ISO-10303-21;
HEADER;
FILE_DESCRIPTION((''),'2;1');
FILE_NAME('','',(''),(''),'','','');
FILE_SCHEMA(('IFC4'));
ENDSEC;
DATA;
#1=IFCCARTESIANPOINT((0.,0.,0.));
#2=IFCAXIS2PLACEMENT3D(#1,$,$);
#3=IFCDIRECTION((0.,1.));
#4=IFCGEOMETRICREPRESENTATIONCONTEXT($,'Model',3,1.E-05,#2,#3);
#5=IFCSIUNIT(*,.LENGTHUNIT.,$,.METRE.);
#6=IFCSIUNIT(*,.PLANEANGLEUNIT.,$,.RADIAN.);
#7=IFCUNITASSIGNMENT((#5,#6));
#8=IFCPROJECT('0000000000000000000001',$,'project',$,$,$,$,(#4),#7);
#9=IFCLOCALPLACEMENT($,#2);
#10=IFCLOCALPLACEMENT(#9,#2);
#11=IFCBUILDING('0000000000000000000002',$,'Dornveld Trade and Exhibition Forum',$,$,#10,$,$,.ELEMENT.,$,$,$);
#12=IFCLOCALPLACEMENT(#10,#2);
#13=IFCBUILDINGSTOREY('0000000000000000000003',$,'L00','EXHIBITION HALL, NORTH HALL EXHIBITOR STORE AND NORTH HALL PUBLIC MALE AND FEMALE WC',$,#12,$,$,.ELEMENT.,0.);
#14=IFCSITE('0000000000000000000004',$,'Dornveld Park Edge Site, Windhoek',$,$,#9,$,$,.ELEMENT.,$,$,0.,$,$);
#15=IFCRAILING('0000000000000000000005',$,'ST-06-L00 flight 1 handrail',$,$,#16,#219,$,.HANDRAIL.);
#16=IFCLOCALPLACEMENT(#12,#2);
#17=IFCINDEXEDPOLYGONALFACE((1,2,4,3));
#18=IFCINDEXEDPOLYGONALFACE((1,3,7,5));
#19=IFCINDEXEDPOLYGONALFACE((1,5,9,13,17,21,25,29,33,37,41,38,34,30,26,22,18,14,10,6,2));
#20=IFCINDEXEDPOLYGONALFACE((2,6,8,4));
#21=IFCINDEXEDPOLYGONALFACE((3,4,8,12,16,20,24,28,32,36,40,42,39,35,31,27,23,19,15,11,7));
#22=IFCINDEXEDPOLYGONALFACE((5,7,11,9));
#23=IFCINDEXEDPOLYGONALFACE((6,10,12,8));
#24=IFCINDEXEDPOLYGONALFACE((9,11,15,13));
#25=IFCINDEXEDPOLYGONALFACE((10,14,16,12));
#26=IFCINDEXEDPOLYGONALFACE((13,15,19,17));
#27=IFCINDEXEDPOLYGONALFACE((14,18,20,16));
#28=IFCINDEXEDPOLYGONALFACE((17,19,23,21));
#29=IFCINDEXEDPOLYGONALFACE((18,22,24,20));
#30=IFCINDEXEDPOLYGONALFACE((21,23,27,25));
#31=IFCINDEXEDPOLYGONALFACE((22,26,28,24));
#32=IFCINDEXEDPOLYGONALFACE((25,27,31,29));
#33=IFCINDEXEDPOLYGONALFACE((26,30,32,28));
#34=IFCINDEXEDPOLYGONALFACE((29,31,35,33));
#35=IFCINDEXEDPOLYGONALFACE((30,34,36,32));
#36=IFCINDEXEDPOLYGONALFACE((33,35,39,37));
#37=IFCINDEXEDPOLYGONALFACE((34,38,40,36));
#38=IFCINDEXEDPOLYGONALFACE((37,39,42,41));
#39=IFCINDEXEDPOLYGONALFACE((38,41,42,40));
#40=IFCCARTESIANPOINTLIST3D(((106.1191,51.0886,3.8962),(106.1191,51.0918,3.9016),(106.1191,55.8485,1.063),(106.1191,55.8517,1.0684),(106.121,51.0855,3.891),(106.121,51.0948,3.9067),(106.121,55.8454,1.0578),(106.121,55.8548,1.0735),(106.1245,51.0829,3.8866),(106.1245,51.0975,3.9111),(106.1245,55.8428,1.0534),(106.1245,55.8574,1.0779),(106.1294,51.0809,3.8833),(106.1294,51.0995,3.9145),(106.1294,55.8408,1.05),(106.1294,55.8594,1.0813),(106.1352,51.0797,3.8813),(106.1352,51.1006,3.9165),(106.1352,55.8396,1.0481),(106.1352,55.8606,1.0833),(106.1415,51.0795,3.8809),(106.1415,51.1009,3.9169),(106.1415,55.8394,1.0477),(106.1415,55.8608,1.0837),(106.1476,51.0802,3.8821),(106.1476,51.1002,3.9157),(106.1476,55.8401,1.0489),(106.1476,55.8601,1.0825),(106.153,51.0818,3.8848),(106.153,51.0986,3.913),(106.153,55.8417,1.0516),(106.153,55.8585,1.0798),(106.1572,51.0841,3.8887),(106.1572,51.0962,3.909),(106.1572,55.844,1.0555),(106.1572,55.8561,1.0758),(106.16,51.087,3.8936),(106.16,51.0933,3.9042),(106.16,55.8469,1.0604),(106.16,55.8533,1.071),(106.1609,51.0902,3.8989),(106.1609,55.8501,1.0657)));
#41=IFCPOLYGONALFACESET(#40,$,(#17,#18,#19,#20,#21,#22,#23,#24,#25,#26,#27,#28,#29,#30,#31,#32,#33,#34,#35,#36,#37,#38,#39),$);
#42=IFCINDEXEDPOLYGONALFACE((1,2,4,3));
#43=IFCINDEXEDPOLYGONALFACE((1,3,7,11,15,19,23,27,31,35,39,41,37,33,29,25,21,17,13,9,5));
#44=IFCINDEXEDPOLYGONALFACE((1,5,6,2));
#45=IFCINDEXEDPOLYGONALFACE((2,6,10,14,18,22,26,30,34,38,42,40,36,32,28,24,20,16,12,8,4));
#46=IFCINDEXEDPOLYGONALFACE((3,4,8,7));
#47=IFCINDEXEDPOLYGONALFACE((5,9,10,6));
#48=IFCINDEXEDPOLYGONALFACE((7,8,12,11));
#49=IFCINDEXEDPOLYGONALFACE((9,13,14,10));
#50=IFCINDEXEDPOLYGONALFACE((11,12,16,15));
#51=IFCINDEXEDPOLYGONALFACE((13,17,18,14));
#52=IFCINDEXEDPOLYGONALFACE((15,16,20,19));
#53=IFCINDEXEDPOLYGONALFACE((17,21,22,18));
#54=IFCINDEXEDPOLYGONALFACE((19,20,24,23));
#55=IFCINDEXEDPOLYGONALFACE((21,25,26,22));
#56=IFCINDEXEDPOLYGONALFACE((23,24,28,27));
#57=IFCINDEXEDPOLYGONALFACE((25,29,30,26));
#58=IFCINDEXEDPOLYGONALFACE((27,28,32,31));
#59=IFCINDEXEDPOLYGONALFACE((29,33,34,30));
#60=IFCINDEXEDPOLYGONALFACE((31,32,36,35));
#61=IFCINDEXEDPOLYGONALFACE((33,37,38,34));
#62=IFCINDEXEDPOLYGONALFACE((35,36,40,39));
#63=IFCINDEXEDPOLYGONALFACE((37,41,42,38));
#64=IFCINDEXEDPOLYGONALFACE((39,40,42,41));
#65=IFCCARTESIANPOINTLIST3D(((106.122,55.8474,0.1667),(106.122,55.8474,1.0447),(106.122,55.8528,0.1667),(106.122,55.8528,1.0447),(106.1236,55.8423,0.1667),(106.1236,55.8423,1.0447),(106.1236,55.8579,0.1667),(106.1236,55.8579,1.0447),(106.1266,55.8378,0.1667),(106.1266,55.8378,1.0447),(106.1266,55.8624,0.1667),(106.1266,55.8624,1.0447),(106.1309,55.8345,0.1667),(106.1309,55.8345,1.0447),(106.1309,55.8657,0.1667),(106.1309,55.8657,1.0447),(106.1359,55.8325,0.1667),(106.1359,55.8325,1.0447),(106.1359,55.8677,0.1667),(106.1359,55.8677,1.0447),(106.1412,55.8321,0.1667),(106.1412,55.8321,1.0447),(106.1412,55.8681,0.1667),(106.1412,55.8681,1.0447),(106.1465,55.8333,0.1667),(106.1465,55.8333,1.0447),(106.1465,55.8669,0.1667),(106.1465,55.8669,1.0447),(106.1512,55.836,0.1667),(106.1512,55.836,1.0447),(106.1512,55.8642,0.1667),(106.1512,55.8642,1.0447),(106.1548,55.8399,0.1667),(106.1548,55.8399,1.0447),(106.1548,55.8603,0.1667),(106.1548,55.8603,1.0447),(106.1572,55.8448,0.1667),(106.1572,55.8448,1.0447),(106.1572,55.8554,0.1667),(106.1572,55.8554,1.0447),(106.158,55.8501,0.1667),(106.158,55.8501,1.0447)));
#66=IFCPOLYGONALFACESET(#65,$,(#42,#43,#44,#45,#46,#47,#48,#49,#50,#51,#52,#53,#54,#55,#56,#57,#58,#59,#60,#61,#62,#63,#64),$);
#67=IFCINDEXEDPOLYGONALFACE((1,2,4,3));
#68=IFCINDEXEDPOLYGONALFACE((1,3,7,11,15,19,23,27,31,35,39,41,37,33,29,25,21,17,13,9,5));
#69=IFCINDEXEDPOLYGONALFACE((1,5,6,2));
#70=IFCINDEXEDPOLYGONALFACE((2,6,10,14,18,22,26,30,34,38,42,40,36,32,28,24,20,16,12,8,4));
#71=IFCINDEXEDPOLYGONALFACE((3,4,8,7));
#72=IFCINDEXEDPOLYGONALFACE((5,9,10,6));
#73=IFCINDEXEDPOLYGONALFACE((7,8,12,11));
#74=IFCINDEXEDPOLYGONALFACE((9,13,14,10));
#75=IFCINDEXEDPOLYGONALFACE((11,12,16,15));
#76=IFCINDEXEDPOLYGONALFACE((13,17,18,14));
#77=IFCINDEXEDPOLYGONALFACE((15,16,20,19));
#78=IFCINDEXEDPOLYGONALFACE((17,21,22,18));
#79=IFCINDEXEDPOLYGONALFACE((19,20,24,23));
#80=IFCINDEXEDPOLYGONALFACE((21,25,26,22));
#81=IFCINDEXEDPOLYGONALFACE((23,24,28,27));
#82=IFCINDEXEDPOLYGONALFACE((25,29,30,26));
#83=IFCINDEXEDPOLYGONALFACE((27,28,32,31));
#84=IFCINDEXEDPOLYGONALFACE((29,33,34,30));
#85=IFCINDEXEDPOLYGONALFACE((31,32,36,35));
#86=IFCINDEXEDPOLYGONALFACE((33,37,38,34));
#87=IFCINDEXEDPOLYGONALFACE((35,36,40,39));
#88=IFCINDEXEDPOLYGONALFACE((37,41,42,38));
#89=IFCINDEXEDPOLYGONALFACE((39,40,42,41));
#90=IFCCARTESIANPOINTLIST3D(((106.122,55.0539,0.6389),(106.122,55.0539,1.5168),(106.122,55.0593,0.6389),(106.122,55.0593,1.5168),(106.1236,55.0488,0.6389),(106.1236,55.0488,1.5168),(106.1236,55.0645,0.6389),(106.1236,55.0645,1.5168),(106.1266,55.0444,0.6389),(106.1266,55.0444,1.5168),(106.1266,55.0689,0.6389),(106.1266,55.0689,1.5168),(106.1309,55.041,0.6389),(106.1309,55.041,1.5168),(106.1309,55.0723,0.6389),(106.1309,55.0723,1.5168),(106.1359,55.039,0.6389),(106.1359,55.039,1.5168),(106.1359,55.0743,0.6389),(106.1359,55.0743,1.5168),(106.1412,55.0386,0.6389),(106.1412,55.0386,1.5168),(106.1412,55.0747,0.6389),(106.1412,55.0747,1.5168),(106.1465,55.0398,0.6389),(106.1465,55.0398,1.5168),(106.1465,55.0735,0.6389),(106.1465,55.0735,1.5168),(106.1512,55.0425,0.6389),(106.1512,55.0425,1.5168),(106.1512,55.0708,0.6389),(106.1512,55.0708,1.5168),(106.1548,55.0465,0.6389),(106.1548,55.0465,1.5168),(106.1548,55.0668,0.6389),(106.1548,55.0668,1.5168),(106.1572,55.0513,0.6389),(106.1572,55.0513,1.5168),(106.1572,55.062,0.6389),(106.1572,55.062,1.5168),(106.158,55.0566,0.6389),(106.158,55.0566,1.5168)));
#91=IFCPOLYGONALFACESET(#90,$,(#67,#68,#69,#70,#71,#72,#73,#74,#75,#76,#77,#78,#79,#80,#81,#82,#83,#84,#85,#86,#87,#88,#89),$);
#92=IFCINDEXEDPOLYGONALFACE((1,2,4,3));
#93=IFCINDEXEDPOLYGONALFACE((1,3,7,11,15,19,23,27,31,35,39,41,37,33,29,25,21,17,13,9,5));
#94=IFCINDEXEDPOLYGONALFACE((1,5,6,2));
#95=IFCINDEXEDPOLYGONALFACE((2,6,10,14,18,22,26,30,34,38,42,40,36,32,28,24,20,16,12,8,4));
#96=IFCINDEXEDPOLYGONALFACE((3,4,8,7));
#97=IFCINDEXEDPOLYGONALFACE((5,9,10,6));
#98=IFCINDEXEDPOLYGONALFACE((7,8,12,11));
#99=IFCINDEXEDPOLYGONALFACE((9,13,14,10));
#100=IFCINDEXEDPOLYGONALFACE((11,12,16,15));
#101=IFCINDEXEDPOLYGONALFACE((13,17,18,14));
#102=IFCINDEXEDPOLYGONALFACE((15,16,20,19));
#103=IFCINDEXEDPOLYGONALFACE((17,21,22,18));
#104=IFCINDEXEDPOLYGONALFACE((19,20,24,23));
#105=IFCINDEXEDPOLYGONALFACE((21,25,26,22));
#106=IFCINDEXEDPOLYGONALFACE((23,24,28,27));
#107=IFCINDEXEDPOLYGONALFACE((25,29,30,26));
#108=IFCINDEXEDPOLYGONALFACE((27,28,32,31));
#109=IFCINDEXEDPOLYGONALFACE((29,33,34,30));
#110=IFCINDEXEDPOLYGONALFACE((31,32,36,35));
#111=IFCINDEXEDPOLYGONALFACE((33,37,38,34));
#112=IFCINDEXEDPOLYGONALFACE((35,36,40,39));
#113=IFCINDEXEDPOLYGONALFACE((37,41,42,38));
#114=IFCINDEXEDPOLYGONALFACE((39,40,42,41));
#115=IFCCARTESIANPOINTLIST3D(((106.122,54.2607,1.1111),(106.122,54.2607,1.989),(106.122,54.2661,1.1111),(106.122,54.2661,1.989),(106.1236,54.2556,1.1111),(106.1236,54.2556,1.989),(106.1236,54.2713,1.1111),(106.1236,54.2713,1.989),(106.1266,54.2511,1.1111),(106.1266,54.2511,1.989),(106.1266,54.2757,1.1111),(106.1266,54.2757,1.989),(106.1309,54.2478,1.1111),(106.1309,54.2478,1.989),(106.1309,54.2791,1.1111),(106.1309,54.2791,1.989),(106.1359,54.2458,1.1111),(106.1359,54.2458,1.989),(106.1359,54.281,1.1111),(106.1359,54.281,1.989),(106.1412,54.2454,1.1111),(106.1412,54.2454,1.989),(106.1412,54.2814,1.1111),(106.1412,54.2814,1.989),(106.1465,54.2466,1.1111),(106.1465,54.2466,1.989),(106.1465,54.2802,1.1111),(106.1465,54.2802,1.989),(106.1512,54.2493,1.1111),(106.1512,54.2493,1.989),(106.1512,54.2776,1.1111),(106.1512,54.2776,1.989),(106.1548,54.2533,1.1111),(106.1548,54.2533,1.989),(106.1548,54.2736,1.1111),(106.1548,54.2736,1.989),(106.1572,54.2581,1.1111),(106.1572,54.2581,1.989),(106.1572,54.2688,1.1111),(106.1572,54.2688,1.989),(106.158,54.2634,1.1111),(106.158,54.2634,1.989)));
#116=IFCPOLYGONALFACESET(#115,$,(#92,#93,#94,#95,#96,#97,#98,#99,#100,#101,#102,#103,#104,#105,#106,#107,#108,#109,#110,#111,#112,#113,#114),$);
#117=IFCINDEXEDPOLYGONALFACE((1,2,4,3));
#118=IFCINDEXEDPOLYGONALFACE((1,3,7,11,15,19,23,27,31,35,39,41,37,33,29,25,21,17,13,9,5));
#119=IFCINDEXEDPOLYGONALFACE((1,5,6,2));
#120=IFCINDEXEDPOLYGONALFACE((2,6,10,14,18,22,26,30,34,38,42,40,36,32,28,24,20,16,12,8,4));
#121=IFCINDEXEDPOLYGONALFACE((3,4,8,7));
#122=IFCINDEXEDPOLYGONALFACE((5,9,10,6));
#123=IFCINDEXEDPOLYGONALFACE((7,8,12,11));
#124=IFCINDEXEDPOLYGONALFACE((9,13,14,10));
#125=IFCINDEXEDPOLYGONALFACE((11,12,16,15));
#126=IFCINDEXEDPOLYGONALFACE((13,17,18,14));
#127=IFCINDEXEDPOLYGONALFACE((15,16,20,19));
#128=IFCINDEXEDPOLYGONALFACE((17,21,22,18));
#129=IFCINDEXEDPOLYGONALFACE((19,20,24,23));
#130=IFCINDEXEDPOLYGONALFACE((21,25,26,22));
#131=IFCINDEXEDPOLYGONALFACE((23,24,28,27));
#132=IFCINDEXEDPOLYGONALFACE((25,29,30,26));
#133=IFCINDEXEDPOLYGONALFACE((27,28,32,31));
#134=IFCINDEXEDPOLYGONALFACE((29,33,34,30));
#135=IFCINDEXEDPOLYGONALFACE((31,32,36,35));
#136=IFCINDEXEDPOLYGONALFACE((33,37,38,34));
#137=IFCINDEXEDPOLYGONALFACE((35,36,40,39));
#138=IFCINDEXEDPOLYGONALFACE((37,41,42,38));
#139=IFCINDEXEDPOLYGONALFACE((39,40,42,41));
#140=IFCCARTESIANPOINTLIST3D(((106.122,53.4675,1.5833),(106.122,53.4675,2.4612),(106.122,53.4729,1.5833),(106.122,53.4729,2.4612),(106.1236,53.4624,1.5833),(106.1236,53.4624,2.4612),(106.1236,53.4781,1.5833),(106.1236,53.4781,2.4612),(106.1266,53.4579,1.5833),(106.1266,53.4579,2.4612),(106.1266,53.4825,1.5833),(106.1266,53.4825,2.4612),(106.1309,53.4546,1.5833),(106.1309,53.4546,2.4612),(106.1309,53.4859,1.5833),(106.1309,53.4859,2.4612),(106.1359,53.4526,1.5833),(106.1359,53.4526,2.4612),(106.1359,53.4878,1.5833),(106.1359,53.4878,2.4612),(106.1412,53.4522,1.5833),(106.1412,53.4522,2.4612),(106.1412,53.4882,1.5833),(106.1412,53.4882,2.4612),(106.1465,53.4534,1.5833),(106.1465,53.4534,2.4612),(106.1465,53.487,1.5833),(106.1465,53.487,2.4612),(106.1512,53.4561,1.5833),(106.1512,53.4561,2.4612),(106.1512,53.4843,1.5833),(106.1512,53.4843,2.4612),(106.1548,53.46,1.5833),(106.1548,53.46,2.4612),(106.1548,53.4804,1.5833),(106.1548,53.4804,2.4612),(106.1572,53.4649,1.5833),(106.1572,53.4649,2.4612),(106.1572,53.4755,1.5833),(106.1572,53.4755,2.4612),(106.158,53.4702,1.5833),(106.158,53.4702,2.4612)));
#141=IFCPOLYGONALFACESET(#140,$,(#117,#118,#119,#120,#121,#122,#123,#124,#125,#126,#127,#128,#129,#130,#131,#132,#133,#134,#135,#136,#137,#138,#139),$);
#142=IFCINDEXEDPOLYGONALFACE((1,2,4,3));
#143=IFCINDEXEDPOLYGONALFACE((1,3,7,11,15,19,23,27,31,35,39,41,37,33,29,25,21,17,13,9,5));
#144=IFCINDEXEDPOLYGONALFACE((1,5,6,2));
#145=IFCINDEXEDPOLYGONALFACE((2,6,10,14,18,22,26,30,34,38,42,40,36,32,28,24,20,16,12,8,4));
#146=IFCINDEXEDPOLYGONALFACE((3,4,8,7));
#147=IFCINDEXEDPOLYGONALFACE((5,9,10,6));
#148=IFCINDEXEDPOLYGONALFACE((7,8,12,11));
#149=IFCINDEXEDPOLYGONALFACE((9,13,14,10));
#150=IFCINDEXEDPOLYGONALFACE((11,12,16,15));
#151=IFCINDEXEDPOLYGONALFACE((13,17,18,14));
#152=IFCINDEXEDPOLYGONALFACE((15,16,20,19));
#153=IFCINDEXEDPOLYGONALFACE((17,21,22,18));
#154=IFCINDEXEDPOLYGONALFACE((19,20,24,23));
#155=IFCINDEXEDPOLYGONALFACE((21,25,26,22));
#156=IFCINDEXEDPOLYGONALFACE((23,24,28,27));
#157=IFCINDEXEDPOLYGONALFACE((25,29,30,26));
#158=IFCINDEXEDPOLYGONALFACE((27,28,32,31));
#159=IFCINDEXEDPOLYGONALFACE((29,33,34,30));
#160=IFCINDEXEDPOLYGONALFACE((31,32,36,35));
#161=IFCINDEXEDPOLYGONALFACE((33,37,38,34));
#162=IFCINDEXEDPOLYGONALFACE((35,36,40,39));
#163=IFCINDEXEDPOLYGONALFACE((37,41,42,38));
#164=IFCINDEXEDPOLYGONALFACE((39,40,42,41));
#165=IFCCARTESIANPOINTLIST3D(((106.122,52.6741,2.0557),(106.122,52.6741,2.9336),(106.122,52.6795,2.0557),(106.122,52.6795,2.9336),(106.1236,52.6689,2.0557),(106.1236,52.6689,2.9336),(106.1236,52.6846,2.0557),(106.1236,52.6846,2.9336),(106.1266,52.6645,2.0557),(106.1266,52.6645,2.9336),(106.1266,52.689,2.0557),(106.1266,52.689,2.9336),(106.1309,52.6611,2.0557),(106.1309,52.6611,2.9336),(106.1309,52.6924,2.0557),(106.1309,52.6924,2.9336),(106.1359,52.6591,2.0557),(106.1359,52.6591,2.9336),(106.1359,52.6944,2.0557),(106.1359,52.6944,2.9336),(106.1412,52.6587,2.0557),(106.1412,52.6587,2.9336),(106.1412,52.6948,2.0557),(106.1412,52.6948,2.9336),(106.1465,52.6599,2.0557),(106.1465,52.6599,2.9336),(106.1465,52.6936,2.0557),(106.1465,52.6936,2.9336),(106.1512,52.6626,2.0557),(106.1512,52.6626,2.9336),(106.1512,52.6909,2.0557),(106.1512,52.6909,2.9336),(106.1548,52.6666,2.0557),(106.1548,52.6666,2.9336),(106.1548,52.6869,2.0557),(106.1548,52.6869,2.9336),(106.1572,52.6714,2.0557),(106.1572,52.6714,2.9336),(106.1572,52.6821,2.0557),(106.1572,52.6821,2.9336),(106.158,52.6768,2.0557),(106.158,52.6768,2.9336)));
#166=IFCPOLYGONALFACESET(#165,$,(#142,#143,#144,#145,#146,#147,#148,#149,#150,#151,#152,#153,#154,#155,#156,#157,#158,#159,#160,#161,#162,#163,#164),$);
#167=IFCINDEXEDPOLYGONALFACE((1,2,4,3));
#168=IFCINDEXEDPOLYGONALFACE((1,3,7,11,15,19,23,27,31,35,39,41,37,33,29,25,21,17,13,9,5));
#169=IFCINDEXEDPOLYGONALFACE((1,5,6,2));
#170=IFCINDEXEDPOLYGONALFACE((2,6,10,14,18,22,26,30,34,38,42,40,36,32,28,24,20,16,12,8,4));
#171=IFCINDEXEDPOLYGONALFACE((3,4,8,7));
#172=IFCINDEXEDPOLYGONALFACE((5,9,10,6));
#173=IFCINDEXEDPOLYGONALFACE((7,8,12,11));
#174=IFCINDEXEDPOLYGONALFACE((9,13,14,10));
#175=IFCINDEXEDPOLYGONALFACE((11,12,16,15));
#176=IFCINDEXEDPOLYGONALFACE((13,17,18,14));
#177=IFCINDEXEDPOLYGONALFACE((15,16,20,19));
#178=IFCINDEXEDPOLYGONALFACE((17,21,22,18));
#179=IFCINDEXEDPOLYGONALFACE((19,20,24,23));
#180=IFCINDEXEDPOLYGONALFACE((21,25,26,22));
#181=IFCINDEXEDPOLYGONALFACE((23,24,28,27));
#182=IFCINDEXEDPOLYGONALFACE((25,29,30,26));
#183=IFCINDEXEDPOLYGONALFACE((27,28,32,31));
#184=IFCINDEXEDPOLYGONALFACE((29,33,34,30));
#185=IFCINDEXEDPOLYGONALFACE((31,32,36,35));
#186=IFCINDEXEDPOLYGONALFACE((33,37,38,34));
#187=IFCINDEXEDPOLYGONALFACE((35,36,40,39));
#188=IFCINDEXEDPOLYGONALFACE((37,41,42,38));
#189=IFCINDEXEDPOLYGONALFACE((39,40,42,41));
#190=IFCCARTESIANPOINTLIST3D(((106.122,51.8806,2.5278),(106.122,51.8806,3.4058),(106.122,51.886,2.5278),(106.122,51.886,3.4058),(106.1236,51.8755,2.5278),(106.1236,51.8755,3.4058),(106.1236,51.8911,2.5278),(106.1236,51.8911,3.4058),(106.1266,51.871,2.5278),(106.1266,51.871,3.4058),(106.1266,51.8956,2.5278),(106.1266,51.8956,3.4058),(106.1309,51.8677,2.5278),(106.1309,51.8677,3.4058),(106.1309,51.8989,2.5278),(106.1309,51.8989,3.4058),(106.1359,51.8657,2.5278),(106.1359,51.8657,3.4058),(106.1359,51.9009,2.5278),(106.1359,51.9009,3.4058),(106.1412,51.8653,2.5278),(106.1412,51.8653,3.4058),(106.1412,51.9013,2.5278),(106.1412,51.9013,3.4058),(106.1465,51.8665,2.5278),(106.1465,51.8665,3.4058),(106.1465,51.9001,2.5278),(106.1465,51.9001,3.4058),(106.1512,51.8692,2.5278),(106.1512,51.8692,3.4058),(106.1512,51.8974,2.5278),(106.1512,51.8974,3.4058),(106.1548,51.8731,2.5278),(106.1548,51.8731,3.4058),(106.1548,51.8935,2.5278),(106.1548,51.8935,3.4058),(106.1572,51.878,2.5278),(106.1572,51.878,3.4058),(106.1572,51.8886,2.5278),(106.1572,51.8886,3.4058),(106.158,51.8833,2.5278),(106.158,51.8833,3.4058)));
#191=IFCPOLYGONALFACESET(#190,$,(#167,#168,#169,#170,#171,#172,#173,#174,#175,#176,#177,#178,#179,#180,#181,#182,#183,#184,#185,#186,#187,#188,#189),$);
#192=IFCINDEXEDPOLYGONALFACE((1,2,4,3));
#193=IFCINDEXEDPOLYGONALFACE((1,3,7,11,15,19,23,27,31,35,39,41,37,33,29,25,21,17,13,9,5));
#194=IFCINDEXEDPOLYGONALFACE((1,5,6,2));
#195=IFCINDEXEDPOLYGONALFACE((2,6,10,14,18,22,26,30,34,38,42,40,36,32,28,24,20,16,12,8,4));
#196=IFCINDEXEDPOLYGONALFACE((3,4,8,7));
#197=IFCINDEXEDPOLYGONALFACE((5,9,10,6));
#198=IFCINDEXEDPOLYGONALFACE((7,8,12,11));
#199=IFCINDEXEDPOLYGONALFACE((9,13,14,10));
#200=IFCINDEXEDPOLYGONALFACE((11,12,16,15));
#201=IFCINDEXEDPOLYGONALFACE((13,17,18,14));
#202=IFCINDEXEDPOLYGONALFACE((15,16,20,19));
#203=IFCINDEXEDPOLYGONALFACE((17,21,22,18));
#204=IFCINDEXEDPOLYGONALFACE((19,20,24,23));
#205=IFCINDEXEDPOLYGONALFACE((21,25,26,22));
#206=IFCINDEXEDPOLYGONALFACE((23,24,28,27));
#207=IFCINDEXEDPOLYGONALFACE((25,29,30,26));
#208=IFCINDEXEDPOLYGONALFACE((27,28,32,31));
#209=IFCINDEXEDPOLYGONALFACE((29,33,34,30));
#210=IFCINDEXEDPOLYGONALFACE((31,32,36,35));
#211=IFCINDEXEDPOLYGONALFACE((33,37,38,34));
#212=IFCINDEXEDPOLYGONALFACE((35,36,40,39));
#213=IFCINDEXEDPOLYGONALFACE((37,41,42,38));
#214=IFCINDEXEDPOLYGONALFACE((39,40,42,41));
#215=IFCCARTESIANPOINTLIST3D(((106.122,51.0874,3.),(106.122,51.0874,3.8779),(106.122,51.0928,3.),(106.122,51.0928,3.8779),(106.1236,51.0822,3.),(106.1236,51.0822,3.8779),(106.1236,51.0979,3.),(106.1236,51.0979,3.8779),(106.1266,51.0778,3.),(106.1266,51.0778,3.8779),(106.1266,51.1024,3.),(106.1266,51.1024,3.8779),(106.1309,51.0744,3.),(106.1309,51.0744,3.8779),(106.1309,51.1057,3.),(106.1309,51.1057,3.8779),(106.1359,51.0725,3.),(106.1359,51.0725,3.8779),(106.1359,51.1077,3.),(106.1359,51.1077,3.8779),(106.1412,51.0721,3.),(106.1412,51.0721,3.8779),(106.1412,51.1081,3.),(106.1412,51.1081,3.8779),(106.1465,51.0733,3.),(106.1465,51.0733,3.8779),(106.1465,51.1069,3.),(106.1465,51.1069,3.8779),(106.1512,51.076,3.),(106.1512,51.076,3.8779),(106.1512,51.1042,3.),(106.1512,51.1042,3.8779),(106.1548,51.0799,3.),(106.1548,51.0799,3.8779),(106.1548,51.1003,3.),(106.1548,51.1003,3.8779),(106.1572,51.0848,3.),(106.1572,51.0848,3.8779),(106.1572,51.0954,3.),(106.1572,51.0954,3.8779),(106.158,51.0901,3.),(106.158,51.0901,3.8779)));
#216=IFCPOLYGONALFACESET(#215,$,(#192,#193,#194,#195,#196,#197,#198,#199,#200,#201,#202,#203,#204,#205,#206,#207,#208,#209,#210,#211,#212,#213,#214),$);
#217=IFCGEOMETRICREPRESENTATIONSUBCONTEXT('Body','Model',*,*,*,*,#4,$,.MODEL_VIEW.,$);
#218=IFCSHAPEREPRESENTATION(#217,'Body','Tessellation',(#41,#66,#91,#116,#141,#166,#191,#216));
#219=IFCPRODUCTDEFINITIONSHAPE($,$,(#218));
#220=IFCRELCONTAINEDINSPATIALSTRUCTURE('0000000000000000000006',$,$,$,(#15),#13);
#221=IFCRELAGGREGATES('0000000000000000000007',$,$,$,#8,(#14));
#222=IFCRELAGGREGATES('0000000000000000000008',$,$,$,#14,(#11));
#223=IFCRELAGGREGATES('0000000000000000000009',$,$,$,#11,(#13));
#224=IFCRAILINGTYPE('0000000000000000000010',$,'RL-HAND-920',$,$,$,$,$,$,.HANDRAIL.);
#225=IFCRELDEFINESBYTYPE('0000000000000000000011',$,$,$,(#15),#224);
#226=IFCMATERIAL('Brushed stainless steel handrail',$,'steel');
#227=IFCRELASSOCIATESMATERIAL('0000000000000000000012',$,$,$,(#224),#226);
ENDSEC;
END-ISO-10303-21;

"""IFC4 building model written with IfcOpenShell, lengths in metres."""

from ifc_helpers import new_model, si_unit, direction, frame, origin, origin_2d, place, context, subcontext, project, spatial, circle, extrude, material, type_object, element, save


model = new_model("IFC4")

# Units and contexts
model_context = context("Model", 3, precision=1e-05, world=origin(), true_north=direction((0.0, 1.0)))
body_context = subcontext(model_context, "Body", "Model", "MODEL_VIEW")
ifc_project = project(units=[si_unit("LENGTHUNIT", "METRE"), si_unit("PLANEANGLEUNIT", "RADIAN")], contexts=[model_context])

# Site, building, storey
site_placement = place(None, origin())
site = spatial("IfcSite", under=ifc_project, at=site_placement, Name="Dornveld Park Edge Site, Windhoek", CompositionType="ELEMENT", RefElevation=0.0)
building_placement = place(site_placement, origin())
building = spatial("IfcBuilding", under=site, at=building_placement, Name="Dornveld Trade and Exhibition Forum", CompositionType="ELEMENT")
storey_placement = place(building_placement, origin())
storey = spatial("IfcBuildingStorey", under=building, at=storey_placement, Name="L00", Description="EXHIBITION HALL, NORTH HALL EXHIBITOR STORE AND NORTH HALL PUBLIC MALE AND FEMALE WC", CompositionType="ELEMENT", Elevation=0.0)

# Railing
ifc_material_1 = material(Name="Brushed stainless steel handrail", Category="steel")
railing_type_1 = type_object("IfcRailingType", Name="RL-HAND-920", PredefinedType="HANDRAIL", material=ifc_material_1)
railing_1_placement = place(storey_placement, frame((106.1399, 55.8501, 0.1667)))
element("IfcRailing", 1, at=railing_1_placement, inside=storey, type_object=railing_type_1, Name="ST-06-L00 flight 1 handrail", PredefinedType="HANDRAIL", context=body_context, shape_type="SweptSolid", body=[
    extrude(circle(Radius=0.021, at=origin_2d()), frame((0.0, 0.0, 0.8989), z_axis=(0.0, -0.8593, 0.511472), x_axis=(1.0, 0.0, 0.0)), (0.0, 0.0, 1.0), 5.5393),
    extrude(circle(Radius=0.0181, at=origin_2d()), origin(), (0.0, 0.0, 1.0), 0.8779),
    extrude(circle(Radius=0.0181, at=origin_2d()), frame((0.0, -0.7935, 0.4722)), (0.0, 0.0, 1.0), 0.8779),
    extrude(circle(Radius=0.0181, at=origin_2d()), frame((0.0, -1.5867, 0.9443)), (0.0, 0.0, 1.0), 0.8779),
    extrude(circle(Radius=0.0181, at=origin_2d()), frame((0.0, -2.3799, 1.4165)), (0.0, 0.0, 1.0), 0.8779),
    extrude(circle(Radius=0.0181, at=origin_2d()), frame((0.0, -3.1733, 1.8889)), (0.0, 0.0, 1.0), 0.8779),
    extrude(circle(Radius=0.0181, at=origin_2d()), frame((0.0, -3.9668, 2.3611)), (0.0, 0.0, 1.0), 0.8779),
    extrude(circle(Radius=0.0181, at=origin_2d()), frame((0.0, -4.76, 2.8333)), (0.0, 0.0, 1.0), 0.8779),
])

save(model, "model.ifc")
